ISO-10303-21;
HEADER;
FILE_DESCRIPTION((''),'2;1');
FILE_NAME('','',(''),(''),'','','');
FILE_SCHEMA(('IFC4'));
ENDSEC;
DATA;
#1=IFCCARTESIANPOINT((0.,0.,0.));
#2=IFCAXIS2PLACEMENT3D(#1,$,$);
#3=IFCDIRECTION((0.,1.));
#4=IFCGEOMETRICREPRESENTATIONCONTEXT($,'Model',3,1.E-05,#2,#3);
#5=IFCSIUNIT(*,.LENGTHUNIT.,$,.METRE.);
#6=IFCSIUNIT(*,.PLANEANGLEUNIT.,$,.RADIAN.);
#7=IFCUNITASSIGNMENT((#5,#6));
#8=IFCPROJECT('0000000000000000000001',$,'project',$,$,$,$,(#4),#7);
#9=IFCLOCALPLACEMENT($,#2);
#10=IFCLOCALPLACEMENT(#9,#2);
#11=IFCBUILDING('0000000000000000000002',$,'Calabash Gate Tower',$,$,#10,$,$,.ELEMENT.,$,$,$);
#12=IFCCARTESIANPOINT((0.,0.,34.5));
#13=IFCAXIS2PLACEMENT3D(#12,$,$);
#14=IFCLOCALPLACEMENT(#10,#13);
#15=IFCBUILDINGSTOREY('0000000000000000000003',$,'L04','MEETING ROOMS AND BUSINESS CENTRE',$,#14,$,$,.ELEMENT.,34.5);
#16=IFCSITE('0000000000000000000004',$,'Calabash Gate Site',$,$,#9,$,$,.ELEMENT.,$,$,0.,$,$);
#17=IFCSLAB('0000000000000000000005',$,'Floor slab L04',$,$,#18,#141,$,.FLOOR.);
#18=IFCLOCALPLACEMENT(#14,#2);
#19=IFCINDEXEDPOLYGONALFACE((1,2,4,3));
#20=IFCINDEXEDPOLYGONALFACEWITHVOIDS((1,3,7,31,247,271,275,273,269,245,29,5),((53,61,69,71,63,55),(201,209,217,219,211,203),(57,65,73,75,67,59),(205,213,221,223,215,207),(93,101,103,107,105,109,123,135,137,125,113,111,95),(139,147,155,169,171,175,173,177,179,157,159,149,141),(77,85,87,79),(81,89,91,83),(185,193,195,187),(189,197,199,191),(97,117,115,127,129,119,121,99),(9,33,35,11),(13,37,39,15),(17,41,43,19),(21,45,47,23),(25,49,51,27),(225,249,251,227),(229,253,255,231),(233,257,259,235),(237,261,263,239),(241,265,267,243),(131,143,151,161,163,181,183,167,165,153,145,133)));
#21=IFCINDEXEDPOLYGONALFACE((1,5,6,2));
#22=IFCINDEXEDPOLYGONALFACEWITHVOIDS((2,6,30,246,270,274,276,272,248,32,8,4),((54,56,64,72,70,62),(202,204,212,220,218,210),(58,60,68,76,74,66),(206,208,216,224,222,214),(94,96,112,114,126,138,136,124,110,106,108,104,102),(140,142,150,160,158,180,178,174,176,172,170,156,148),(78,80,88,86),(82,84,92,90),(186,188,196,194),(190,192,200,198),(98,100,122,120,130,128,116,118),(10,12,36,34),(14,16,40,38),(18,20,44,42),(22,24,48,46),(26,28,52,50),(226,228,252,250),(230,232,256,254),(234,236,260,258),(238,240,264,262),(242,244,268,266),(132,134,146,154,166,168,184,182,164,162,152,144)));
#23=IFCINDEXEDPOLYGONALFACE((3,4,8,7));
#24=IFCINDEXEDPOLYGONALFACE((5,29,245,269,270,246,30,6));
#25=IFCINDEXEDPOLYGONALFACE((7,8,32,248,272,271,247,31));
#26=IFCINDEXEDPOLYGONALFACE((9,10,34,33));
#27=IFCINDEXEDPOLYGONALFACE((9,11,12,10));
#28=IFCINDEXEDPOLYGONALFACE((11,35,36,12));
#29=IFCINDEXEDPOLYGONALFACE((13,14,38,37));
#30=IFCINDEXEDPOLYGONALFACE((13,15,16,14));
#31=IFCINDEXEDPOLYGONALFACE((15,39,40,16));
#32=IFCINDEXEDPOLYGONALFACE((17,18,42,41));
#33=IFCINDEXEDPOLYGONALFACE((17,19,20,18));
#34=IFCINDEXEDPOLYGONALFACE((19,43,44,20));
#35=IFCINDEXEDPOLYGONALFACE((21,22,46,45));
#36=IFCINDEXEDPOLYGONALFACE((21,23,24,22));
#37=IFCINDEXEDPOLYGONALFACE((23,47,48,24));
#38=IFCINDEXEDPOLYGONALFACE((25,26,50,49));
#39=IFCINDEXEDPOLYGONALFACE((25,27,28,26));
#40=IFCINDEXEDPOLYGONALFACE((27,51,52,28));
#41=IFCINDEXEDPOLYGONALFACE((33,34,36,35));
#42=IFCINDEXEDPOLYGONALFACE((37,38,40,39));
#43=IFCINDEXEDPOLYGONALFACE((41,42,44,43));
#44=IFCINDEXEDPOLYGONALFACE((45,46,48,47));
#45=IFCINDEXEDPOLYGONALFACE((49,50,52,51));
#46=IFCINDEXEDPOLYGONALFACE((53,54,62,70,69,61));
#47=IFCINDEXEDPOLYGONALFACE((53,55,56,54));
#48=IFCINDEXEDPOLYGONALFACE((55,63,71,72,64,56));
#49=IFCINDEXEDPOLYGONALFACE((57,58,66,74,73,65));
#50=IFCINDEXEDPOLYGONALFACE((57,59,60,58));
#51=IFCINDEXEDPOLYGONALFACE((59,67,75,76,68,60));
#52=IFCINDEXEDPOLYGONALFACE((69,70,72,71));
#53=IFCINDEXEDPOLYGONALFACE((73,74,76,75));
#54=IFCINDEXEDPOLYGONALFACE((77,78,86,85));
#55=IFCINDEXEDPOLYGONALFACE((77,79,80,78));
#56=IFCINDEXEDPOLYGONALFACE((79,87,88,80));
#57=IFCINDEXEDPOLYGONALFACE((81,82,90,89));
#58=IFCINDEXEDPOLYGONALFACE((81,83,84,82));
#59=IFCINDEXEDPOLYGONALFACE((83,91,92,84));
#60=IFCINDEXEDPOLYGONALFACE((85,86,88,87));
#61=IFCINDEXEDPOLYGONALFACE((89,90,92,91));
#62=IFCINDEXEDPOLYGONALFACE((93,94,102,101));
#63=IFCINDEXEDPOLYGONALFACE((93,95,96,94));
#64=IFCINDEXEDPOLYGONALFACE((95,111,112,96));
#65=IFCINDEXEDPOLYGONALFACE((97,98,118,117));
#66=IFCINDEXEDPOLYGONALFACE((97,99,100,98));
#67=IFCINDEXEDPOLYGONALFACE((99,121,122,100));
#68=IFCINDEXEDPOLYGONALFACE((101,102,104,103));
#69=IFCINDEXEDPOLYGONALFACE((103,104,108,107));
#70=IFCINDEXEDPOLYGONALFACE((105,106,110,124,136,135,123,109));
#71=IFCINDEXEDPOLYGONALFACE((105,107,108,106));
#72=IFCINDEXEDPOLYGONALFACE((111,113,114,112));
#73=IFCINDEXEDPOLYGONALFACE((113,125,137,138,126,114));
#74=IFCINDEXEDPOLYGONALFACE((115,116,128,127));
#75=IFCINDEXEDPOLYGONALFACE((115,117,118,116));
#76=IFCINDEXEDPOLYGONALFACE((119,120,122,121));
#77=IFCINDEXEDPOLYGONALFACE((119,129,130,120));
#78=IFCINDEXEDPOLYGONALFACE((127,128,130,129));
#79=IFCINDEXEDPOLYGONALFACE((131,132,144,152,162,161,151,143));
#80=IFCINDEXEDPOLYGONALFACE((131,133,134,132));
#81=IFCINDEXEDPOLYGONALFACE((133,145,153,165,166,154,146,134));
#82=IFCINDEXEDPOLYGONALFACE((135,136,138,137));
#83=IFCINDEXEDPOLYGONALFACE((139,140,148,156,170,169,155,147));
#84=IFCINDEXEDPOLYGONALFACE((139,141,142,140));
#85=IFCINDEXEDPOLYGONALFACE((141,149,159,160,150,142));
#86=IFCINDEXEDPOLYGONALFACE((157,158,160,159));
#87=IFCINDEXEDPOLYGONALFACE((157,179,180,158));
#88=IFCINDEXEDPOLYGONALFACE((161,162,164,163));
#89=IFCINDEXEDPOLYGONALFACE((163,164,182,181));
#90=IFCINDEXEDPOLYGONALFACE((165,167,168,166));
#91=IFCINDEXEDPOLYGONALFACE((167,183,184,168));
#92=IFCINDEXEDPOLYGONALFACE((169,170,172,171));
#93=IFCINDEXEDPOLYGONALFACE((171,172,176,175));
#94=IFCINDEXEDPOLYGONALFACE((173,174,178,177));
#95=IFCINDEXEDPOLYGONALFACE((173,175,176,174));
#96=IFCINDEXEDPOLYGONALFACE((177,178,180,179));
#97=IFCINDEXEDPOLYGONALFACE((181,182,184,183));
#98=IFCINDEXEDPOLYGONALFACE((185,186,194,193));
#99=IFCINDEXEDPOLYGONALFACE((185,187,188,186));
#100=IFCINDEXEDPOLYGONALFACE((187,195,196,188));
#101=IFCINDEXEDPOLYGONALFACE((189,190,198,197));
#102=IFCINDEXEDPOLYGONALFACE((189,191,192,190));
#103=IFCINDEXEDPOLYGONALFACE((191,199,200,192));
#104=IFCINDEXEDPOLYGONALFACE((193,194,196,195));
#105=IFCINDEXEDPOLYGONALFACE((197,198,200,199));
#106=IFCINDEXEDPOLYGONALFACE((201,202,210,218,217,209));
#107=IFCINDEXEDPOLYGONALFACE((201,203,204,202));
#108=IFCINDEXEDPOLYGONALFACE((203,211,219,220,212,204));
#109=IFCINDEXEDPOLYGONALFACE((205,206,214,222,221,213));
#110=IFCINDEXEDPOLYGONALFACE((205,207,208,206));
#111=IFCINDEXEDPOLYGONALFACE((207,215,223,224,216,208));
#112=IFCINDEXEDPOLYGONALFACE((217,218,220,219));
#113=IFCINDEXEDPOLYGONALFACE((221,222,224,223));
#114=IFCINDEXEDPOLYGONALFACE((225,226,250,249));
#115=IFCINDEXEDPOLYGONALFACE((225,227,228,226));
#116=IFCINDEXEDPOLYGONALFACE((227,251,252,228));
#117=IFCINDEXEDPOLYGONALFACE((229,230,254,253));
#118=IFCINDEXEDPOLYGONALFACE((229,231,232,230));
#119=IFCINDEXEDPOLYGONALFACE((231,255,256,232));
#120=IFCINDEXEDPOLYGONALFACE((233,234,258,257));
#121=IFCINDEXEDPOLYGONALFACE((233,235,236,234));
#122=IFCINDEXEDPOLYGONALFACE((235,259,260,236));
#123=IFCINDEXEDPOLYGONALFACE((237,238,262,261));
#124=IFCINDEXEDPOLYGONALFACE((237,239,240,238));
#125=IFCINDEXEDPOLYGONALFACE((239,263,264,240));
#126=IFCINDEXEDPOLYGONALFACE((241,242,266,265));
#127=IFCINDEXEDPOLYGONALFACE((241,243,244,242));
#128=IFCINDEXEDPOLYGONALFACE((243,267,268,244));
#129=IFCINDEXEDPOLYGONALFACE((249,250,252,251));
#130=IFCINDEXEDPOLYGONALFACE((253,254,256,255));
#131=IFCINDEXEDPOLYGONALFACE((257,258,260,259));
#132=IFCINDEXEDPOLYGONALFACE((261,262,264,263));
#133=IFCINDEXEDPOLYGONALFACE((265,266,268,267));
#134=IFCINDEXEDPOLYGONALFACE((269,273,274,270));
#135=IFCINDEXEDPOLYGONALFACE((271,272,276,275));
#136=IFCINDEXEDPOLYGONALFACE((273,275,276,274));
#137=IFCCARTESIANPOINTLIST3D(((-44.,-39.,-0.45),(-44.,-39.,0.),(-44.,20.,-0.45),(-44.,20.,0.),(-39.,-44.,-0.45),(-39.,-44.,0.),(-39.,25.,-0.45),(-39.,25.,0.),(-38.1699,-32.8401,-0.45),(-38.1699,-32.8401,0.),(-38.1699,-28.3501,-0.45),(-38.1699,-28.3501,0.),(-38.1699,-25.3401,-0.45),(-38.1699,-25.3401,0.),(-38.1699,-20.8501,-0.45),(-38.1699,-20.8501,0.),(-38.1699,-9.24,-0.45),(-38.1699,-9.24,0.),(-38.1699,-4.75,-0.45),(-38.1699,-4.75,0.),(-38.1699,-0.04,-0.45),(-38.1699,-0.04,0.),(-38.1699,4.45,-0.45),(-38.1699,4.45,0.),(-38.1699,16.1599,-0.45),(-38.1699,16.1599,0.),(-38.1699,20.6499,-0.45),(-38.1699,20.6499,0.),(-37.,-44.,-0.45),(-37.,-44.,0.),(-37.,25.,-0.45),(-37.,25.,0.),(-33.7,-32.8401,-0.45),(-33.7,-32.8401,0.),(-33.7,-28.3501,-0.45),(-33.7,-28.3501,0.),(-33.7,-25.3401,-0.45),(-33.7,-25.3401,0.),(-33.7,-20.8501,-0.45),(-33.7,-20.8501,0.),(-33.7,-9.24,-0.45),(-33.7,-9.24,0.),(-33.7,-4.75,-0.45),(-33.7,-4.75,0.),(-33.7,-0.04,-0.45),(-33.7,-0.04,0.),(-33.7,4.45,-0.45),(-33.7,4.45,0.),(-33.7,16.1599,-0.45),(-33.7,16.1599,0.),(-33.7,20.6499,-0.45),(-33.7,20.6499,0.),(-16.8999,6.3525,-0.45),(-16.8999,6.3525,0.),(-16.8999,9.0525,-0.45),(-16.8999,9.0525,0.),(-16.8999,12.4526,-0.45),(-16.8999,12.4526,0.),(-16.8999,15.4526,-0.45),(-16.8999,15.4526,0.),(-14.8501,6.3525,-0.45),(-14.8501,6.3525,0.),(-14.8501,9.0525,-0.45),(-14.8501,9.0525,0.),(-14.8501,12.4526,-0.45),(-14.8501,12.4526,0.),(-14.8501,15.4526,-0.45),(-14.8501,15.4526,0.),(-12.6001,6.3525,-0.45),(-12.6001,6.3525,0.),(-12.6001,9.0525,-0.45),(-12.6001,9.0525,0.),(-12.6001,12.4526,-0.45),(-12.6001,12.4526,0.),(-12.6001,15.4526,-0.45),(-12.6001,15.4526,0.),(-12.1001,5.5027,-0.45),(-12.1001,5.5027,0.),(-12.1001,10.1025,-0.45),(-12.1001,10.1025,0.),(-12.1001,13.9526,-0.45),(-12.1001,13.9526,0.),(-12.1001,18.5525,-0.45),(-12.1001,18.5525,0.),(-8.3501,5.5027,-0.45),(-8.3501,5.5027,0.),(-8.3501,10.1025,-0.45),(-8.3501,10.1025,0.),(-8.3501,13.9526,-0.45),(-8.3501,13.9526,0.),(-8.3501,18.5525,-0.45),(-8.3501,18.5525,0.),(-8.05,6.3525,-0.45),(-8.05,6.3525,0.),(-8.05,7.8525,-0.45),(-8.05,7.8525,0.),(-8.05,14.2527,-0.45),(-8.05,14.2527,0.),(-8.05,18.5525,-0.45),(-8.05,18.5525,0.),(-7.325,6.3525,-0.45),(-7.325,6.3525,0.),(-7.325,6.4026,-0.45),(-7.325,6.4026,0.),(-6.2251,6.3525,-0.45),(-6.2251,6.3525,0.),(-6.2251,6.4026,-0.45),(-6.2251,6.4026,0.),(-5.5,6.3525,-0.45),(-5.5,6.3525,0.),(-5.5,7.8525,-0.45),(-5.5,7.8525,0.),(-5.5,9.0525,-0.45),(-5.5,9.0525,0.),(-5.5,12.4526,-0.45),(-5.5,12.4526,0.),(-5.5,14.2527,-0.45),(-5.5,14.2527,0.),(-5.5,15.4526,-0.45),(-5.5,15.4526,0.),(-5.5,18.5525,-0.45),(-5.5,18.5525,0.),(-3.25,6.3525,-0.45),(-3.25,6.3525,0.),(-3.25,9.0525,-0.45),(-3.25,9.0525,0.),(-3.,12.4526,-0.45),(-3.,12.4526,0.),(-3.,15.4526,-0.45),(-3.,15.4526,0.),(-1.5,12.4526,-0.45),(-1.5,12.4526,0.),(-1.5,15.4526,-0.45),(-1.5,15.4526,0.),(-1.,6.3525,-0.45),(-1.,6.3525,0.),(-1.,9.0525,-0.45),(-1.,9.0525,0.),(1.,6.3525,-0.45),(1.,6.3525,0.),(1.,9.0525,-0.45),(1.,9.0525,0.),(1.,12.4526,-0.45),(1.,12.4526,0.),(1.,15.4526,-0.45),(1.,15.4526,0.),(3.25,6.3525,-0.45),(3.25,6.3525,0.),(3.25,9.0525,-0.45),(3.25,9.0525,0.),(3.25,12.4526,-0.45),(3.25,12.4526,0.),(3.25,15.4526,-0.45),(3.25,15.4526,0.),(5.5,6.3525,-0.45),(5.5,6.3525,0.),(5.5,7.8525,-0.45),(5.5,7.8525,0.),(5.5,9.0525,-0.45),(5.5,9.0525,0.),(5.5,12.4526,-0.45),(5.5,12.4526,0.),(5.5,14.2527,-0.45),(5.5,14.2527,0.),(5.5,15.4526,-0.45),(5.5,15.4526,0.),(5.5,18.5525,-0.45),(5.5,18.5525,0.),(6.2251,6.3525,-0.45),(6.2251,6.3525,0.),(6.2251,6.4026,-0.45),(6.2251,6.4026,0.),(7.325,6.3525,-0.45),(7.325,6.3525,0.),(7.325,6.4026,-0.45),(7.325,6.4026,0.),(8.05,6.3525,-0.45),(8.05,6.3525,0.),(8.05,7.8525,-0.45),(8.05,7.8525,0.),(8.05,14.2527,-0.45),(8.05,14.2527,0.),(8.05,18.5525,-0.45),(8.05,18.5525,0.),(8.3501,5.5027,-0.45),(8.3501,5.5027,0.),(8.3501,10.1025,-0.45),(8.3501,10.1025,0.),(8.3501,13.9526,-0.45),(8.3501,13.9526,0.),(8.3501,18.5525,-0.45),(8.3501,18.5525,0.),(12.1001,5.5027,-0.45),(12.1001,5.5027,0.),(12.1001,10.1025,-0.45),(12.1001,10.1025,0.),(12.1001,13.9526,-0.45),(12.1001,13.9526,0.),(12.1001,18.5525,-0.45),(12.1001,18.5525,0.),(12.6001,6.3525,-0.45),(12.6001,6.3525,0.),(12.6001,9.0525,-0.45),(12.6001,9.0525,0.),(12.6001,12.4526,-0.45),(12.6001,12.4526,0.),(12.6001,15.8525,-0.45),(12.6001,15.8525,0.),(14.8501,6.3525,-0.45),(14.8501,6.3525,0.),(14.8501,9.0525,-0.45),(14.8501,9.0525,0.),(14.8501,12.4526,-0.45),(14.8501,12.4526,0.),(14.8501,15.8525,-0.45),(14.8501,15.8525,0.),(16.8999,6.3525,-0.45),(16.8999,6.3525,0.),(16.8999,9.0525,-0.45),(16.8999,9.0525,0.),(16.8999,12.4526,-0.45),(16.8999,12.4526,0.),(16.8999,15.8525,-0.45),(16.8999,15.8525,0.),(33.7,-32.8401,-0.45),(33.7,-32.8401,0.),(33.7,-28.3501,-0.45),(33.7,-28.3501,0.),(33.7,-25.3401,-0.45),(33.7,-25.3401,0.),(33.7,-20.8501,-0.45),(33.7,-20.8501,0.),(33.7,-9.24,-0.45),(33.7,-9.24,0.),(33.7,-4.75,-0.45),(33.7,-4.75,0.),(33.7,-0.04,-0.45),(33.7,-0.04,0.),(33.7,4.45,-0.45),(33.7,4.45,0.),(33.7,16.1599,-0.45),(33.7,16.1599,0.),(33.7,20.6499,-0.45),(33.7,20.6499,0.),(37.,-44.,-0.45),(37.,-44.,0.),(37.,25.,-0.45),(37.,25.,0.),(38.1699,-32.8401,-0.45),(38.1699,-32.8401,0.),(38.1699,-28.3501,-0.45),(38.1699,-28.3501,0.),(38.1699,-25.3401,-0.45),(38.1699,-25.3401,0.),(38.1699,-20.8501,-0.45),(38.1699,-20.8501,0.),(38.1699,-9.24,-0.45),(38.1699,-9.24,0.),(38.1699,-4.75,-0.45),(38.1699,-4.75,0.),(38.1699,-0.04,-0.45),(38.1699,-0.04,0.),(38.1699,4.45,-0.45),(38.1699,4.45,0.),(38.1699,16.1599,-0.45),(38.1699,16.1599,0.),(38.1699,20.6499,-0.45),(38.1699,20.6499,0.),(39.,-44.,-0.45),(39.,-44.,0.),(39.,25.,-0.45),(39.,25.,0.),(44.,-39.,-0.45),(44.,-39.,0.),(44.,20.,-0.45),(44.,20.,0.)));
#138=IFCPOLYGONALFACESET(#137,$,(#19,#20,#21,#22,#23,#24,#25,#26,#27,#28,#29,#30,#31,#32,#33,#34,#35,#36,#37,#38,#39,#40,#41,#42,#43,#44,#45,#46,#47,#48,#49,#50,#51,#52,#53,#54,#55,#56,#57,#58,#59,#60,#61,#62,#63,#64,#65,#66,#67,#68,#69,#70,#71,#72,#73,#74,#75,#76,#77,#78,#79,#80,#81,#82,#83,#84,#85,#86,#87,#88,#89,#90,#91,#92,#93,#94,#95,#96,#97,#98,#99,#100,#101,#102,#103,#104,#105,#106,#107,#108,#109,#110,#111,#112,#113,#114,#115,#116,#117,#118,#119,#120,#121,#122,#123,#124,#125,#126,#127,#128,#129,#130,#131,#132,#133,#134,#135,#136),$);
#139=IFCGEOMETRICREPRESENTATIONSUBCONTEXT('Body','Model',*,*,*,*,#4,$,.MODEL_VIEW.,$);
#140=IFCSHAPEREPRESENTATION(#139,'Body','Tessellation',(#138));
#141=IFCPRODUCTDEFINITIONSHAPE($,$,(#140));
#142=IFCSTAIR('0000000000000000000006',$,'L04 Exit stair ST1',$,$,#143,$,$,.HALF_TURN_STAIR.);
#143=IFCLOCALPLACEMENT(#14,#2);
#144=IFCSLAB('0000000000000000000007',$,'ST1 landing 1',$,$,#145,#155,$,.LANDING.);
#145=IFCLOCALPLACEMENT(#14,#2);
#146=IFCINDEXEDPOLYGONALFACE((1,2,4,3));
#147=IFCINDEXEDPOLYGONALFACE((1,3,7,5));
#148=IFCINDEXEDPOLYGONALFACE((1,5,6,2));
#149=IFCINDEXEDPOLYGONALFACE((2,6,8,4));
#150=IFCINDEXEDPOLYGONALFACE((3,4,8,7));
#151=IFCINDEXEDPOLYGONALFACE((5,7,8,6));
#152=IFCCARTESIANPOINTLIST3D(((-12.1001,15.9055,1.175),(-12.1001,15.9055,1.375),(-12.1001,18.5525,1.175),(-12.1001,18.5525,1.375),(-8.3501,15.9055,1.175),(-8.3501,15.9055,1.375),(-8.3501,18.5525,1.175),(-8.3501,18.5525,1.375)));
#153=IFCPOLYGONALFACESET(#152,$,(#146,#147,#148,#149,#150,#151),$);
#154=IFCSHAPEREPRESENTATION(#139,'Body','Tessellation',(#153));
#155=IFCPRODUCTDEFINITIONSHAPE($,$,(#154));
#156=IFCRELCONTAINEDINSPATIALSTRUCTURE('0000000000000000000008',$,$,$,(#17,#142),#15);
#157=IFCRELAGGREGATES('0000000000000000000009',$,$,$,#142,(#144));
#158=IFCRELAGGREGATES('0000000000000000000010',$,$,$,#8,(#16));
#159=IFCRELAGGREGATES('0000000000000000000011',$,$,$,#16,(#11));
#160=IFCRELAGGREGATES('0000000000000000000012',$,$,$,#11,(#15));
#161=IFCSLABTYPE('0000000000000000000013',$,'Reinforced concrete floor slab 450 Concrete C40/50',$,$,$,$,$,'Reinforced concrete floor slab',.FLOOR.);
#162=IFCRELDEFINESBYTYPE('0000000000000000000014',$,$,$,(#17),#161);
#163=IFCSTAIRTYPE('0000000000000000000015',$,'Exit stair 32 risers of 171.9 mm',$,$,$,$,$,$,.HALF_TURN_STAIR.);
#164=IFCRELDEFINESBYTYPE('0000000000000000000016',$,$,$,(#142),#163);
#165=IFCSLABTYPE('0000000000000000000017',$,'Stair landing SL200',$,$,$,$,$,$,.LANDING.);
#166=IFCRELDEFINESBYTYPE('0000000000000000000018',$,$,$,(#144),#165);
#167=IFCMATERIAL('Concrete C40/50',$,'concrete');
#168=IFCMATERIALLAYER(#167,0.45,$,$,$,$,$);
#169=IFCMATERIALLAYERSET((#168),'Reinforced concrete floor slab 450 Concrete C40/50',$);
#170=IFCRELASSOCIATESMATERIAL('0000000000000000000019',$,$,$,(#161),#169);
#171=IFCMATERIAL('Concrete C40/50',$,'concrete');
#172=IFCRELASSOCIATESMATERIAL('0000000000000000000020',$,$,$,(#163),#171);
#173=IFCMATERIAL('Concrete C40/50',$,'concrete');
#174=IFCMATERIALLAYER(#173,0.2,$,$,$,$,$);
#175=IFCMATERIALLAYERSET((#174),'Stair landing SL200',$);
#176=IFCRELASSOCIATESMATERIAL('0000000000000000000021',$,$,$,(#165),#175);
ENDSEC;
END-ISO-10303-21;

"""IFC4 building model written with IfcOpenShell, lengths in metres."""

from ifc_helpers import new_model, si_unit, direction, frame, origin, place, context, subcontext, project, spatial, polyline, outline, extrude, material, layer, layer_set, type_object, element, aggregate, save


model = new_model("IFC4")

# Units and contexts
model_context = context("Model", 3, precision=1e-05, world=origin(), true_north=direction((0.0, 1.0)))
body_context = subcontext(model_context, "Body", "Model", "MODEL_VIEW")
ifc_project = project(units=[si_unit("LENGTHUNIT", "METRE"), si_unit("PLANEANGLEUNIT", "RADIAN")], contexts=[model_context])

# Site, building, storey
site_placement = place(None, origin())
site = spatial("IfcSite", under=ifc_project, at=site_placement, Name="Calabash Gate Site", CompositionType="ELEMENT", RefElevation=0.0)
building_placement = place(site_placement, origin())
building = spatial("IfcBuilding", under=site, at=building_placement, Name="Calabash Gate Tower", CompositionType="ELEMENT")
storey_placement = place(building_placement, frame((0.0, 0.0, 34.5)))
storey = spatial("IfcBuildingStorey", under=building, at=storey_placement, Name="L04", Description="MEETING ROOMS AND BUSINESS CENTRE", CompositionType="ELEMENT", Elevation=34.5)

# Slab
ifc_material_1 = material(Name="Concrete C40/50", Category="concrete")
ifc_layer_1 = layer(ifc_material_1, 0.45)
ifc_layer_set_1 = layer_set([ifc_layer_1], Name="Reinforced concrete floor slab 450 Concrete C40/50")
slab_type_1 = type_object("IfcSlabType", Name="Reinforced concrete floor slab 450 Concrete C40/50", ElementType="Reinforced concrete floor slab", PredefinedType="FLOOR", material=ifc_layer_set_1)
slab_1_placement = place(storey_placement, frame((0.0, 0.0, -0.45)))
element("IfcSlab", 1, at=slab_1_placement, inside=storey, type_object=slab_type_1, Name="Floor slab L04", PredefinedType="FLOOR", context=body_context, shape_type="SweptSolid", body=[
    extrude(outline(polyline([(39.0, -44.0), (37.0, -44.0), (-37.0, -44.0), (-39.0, -44.0), (-44.0, -39.0), (-44.0, 20.0), (-39.0, 25.0), (-37.0, 25.0), (37.0, 25.0), (39.0, 25.0), (44.0, 20.0), (44.0, -39.0), (39.0, -44.0)]), holes=[polyline([(-1.0, 6.3525), (-1.0, 9.0525), (-3.25, 9.0525), (-5.5, 9.0525), (-5.5, 7.8525), (-8.05, 7.8525), (-8.05, 6.3525), (-7.325, 6.3525), (-7.325, 6.4026), (-6.2251, 6.4026), (-6.2251, 6.3525), (-5.5, 6.3525), (-3.25, 6.3525), (-1.0, 6.3525)]), polyline([(8.05, 6.3525), (8.05, 7.8525), (5.5, 7.8525), (5.5, 9.0525), (3.25, 9.0525), (1.0, 9.0525), (1.0, 6.3525), (3.25, 6.3525), (5.5, 6.3525), (6.2251, 6.3525), (6.2251, 6.4026), (7.325, 6.4026), (7.325, 6.3525), (8.05, 6.3525)]), polyline([(-3.0, 12.4526), (-3.0, 15.4526), (-5.5, 15.4526), (-5.5, 18.5525), (-8.05, 18.5525), (-8.05, 14.2527), (-5.5, 14.2527), (-5.5, 12.4526), (-3.0, 12.4526)]), polyline([(5.5, 14.2527), (8.05, 14.2527), (8.05, 18.5525), (5.5, 18.5525), (5.5, 15.4526), (3.25, 15.4526), (1.0, 15.4526), (-1.5, 15.4526), (-1.5, 12.4526), (1.0, 12.4526), (3.25, 12.4526), (5.5, 12.4526), (5.5, 14.2527)]), polyline([(-16.8999, 6.3525), (-14.8501, 6.3525), (-12.6001, 6.3525), (-12.6001, 9.0525), (-14.8501, 9.0525), (-16.8999, 9.0525), (-16.8999, 6.3525)]), polyline([(-16.8999, 15.4526), (-16.8999, 12.4526), (-14.8501, 12.4526), (-12.6001, 12.4526), (-12.6001, 15.4526), (-14.8501, 15.4526), (-16.8999, 15.4526)]), polyline([(12.6001, 9.0525), (12.6001, 6.3525), (14.8501, 6.3525), (16.8999, 6.3525), (16.8999, 9.0525), (14.8501, 9.0525), (12.6001, 9.0525)]), polyline([(12.6001, 15.8525), (12.6001, 12.4526), (14.8501, 12.4526), (16.8999, 12.4526), (16.8999, 15.8525), (14.8501, 15.8525), (12.6001, 15.8525)]), polyline([(-12.1001, 13.9526), (-8.3501, 13.9526), (-8.3501, 18.5525), (-12.1001, 18.5525), (-12.1001, 13.9526)]), polyline([(-8.3501, 5.5027), (-8.3501, 10.1025), (-12.1001, 10.1025), (-12.1001, 5.5027), (-8.3501, 5.5027)]), polyline([(12.1001, 18.5525), (8.3501, 18.5525), (8.3501, 13.9526), (12.1001, 13.9526), (12.1001, 18.5525)]), polyline([(8.3501, 10.1025), (8.3501, 5.5027), (12.1001, 5.5027), (12.1001, 10.1025), (8.3501, 10.1025)]), polyline([(-33.7, -28.3501), (-38.1699, -28.3501), (-38.1699, -32.8401), (-33.7, -32.8401), (-33.7, -28.3501)]), polyline([(-33.7, -25.3401), (-33.7, -20.8501), (-38.1699, -20.8501), (-38.1699, -25.3401), (-33.7, -25.3401)]), polyline([(-38.1699, -9.24), (-33.7, -9.24), (-33.7, -4.75), (-38.1699, -4.75), (-38.1699, -9.24)]), polyline([(-38.1699, 4.45), (-38.1699, -0.04), (-33.7, -0.04), (-33.7, 4.45), (-38.1699, 4.45)]), polyline([(-33.7, 20.6499), (-38.1699, 20.6499), (-38.1699, 16.1599), (-33.7, 16.1599), (-33.7, 20.6499)]), polyline([(38.1699, -32.8401), (38.1699, -28.3501), (33.7, -28.3501), (33.7, -32.8401), (38.1699, -32.8401)]), polyline([(33.7, -25.3401), (38.1699, -25.3401), (38.1699, -20.8501), (33.7, -20.8501), (33.7, -25.3401)]), polyline([(33.7, -4.75), (33.7, -9.24), (38.1699, -9.24), (38.1699, -4.75), (33.7, -4.75)]), polyline([(38.1699, 4.45), (33.7, 4.45), (33.7, -0.04), (38.1699, -0.04), (38.1699, 4.45)]), polyline([(38.1699, 16.1599), (38.1699, 20.6499), (33.7, 20.6499), (33.7, 16.1599), (38.1699, 16.1599)])]), origin(), (0.0, 0.0, 1.0), 0.45),
])

# Stair, slab
ifc_material_2 = material(Name="Concrete C40/50", Category="concrete")
stair_type = type_object("IfcStairType", Name="Exit stair 32 risers of 171.9 mm", PredefinedType="HALF_TURN_STAIR", material=ifc_material_2)
stair_1_placement = place(storey_placement, origin())
stair_1 = element("IfcStair", 2, at=stair_1_placement, inside=storey, type_object=stair_type, Name="L04 Exit stair ST1", PredefinedType="HALF_TURN_STAIR")
ifc_material_3 = material(Name="Concrete C40/50", Category="concrete")
ifc_layer_2 = layer(ifc_material_3, 0.2)
ifc_layer_set_2 = layer_set([ifc_layer_2], Name="Stair landing SL200")
slab_type_2 = type_object("IfcSlabType", Name="Stair landing SL200", PredefinedType="LANDING", material=ifc_layer_set_2)
slab_2_placement = place(storey_placement, frame((0.0, 0.0, 1.175)))
slab_2 = element("IfcSlab", 3, at=slab_2_placement, type_object=slab_type_2, Name="ST1 landing 1", PredefinedType="LANDING", context=body_context, shape_type="SweptSolid", body=[
    extrude(outline(polyline([(-8.3501, 15.9055), (-8.3501, 18.5525), (-12.1001, 18.5525), (-12.1001, 15.9055), (-8.3501, 15.9055)])), origin(), (0.0, 0.0, 1.0), 0.2),
])
aggregate(stair_1, [slab_2])

save(model, "model.ifc")
